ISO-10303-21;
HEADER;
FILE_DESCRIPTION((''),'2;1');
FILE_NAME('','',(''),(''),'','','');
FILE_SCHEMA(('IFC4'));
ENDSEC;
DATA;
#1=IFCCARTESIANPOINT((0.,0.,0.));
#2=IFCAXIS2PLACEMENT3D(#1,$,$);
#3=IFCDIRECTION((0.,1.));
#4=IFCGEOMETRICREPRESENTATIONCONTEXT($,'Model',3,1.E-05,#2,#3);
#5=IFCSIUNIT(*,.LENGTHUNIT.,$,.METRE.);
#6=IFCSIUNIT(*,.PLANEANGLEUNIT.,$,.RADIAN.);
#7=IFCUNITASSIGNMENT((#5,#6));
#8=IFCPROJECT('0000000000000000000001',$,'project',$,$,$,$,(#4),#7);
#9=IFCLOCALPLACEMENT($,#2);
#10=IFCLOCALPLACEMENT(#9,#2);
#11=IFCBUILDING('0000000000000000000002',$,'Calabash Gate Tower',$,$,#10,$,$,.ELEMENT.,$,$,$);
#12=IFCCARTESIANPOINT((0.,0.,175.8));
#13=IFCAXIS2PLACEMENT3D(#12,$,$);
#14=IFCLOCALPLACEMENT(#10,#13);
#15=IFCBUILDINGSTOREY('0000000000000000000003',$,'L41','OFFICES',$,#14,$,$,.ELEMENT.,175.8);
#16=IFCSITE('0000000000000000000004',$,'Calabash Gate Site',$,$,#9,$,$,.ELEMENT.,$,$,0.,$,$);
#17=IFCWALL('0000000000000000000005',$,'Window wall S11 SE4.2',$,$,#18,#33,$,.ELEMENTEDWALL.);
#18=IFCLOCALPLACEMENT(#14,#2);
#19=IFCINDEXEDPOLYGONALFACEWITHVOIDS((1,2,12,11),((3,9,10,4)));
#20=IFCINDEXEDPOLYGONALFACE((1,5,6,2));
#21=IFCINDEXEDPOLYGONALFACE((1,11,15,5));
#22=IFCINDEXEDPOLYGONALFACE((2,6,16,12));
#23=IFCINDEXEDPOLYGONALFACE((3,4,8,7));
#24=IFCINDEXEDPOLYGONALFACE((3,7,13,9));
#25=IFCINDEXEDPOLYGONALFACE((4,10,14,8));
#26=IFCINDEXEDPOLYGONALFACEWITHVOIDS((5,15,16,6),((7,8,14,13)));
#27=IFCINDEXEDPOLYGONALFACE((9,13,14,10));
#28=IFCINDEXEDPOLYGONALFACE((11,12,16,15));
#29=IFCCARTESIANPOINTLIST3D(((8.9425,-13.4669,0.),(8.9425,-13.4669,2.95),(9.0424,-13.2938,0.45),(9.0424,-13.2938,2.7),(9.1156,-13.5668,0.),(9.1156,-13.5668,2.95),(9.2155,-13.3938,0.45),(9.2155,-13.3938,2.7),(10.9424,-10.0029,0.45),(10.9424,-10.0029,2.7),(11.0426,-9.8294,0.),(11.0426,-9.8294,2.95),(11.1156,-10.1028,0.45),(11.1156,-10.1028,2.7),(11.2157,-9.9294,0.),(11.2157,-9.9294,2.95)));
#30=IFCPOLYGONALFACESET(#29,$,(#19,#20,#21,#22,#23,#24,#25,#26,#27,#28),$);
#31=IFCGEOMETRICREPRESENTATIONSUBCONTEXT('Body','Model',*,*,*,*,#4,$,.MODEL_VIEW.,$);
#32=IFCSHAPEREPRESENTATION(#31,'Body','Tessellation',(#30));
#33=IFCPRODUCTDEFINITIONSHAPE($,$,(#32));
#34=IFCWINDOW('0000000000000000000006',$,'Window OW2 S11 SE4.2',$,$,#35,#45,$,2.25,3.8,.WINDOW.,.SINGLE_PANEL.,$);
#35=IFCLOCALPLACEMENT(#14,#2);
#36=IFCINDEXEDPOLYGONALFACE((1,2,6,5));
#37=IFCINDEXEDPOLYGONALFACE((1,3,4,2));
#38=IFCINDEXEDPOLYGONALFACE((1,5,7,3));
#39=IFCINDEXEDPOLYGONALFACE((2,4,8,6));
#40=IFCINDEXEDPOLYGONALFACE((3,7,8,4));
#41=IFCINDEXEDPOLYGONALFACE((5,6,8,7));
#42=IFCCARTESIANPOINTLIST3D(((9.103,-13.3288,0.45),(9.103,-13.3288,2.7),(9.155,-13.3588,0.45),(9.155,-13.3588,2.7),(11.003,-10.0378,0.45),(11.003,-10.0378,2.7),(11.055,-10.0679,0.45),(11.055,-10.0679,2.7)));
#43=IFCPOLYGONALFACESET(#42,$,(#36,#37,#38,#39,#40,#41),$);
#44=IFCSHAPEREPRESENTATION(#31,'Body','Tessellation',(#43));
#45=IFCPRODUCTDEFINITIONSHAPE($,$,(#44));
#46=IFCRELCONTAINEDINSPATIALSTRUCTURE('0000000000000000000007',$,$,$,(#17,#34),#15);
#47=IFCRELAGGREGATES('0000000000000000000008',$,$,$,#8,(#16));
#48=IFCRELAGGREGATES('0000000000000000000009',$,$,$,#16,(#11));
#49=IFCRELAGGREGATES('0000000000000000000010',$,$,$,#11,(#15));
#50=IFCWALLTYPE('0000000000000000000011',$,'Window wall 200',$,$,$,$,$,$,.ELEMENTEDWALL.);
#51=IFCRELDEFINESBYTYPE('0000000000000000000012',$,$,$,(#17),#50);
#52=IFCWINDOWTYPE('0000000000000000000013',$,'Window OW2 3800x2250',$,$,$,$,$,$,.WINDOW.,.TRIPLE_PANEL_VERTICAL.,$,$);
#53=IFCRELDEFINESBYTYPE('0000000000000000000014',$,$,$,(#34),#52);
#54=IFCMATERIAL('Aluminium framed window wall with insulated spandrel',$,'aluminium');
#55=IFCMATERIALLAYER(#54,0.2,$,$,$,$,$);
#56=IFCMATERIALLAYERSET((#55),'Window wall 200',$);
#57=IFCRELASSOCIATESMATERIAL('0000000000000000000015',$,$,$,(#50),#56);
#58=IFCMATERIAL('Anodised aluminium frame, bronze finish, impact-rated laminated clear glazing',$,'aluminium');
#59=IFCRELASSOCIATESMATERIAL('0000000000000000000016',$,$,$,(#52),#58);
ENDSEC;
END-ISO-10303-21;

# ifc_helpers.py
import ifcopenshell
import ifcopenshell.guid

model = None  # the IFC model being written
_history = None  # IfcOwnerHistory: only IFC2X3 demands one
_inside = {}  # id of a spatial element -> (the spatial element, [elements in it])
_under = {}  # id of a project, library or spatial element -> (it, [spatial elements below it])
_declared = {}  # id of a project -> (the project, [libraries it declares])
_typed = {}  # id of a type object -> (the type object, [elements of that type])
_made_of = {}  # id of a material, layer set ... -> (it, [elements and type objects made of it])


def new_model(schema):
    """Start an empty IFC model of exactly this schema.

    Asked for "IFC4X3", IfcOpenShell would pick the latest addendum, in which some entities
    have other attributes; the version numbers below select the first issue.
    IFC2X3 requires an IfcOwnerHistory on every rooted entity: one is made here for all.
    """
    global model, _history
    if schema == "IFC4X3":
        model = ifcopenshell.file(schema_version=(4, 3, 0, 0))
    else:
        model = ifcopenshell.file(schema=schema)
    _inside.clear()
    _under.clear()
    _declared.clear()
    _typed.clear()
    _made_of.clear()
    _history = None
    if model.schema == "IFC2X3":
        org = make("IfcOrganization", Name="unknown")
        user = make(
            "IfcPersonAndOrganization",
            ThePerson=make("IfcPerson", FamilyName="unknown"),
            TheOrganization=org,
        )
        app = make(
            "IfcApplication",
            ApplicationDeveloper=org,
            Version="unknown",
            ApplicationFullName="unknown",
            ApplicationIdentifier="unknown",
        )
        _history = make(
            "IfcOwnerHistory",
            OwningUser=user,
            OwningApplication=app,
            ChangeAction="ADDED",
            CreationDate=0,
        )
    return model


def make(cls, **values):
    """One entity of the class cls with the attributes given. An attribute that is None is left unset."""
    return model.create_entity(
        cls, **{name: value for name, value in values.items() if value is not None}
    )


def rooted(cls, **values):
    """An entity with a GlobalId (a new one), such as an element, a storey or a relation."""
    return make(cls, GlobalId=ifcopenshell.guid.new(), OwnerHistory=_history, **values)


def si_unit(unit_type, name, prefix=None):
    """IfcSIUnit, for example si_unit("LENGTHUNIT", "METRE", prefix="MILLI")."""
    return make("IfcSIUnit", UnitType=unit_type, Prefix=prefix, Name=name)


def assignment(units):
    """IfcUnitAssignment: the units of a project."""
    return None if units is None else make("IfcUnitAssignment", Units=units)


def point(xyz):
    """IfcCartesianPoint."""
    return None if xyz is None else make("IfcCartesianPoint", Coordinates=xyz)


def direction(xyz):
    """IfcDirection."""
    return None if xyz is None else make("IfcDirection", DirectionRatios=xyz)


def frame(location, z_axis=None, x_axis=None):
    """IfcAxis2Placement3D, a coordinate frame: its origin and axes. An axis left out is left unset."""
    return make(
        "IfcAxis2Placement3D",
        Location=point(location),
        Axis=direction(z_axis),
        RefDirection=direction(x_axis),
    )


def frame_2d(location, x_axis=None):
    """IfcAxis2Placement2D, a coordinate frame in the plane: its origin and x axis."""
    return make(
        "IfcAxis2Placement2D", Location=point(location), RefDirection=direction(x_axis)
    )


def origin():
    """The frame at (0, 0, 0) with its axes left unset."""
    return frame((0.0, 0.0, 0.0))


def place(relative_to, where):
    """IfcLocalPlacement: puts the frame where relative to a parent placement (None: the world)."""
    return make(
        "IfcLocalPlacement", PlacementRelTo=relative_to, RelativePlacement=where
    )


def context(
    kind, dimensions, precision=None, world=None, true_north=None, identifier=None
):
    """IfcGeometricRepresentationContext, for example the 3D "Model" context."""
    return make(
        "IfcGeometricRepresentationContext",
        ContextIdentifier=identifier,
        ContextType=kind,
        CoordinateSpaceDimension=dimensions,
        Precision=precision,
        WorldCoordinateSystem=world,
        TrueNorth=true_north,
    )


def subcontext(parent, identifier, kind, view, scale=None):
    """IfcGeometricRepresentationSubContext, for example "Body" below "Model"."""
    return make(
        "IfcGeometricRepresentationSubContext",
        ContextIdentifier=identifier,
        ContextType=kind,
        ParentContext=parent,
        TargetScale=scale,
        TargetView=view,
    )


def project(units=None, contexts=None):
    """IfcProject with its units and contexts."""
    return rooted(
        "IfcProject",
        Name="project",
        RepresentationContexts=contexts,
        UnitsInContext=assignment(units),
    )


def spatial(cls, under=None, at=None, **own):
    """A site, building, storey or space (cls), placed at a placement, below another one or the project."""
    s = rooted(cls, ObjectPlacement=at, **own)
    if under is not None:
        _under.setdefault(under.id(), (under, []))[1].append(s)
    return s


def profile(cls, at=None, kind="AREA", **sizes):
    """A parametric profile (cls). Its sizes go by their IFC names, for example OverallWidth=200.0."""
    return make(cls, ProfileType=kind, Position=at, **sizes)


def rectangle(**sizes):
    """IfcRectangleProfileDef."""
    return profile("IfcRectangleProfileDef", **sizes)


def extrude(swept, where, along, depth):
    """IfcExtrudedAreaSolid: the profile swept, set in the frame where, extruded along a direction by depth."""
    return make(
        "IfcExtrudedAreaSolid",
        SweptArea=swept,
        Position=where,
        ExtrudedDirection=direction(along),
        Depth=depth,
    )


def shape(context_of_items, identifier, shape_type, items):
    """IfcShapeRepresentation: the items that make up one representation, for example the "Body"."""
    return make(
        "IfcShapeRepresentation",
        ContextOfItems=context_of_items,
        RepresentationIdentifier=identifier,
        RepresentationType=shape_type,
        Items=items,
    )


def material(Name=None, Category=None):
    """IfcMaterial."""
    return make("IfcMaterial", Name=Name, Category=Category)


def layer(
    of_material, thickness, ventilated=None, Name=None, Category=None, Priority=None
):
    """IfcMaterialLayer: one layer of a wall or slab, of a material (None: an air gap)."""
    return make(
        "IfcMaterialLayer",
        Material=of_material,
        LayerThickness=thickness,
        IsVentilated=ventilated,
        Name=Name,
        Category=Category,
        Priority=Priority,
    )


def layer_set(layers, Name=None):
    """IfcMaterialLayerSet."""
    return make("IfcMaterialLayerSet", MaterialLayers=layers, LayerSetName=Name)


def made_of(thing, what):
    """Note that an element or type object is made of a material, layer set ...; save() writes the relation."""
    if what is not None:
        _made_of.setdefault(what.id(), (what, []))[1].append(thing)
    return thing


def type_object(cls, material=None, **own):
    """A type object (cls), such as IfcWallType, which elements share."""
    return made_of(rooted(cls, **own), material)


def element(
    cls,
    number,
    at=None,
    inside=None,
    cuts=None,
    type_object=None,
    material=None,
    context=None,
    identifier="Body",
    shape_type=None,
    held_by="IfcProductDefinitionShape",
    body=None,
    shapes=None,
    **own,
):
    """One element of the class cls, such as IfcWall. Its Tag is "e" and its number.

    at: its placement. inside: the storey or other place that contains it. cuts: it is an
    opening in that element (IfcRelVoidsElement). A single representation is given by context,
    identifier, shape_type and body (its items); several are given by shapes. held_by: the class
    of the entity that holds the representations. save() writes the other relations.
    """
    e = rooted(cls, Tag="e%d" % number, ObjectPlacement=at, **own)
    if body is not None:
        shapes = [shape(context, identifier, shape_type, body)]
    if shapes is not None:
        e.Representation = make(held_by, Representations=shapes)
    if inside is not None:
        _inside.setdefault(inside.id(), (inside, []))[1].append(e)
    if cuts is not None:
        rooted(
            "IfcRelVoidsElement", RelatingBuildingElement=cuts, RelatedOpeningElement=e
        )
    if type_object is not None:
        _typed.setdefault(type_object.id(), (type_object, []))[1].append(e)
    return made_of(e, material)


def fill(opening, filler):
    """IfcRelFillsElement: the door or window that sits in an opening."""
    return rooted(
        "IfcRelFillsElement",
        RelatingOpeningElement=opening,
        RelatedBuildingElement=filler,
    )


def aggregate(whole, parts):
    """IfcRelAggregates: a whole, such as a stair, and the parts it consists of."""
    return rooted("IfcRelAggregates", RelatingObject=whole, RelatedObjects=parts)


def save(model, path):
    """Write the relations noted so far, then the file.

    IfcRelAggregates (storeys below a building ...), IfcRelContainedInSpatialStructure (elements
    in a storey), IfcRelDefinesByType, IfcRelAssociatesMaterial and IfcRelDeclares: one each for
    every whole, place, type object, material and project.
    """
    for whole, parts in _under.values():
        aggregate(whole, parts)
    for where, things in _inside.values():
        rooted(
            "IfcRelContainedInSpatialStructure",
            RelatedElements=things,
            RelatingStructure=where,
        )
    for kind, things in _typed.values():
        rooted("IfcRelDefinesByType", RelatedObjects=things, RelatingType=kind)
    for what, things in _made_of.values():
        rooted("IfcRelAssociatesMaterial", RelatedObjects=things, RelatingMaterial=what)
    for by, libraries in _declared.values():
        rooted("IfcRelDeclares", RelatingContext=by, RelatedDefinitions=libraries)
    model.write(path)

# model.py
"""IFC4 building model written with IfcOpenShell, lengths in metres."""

from ifc_helpers import new_model, si_unit, direction, frame, frame_2d, origin, place, context, subcontext, project, spatial, rectangle, extrude, material, layer, layer_set, type_object, element, fill, save


model = new_model("IFC4")

# Units and contexts
model_context = context("Model", 3, precision=1e-05, world=origin(), true_north=direction((0.0, 1.0)))
body_context = subcontext(model_context, "Body", "Model", "MODEL_VIEW")
ifc_project = project(units=[si_unit("LENGTHUNIT", "METRE"), si_unit("PLANEANGLEUNIT", "RADIAN")], contexts=[model_context])

# Site, building, storey
site_placement = place(None, origin())
site = spatial("IfcSite", under=ifc_project, at=site_placement, Name="Calabash Gate Site", CompositionType="ELEMENT", RefElevation=0.0)
building_placement = place(site_placement, origin())
building = spatial("IfcBuilding", under=site, at=building_placement, Name="Calabash Gate Tower", CompositionType="ELEMENT")
storey_placement = place(building_placement, frame((0.0, 0.0, 175.8)))
storey = spatial("IfcBuildingStorey", under=building, at=storey_placement, Name="L41", Description="OFFICES", CompositionType="ELEMENT", Elevation=175.8)

# Shared definitions
ifc_material_1 = material(Name="Aluminium framed window wall with insulated spandrel", Category="aluminium")
ifc_layer_1 = layer(ifc_material_1, 0.2)
ifc_layer_set_1 = layer_set([ifc_layer_1], Name="Window wall 200")
wall_type_1 = type_object("IfcWallType", Name="Window wall 200", PredefinedType="ELEMENTEDWALL", material=ifc_layer_set_1)

# Wall, opening, window
wall_1_placement = place(storey_placement, frame((9.0291, -13.5168, 0.0), z_axis=(0.0, 0.0, 1.0), x_axis=(0.500003, 0.866024, 0.0)))
wall_1 = element("IfcWall", 1, at=wall_1_placement, inside=storey, type_object=wall_type_1, Name="Window wall S11 SE4.2", PredefinedType="ELEMENTEDWALL", context=body_context, shape_type="SweptSolid", body=[
    extrude(rectangle(XDim=4.2002, YDim=0.2, at=frame_2d((2.1001, 0.0))), origin(), (0.0, 0.0, 1.0), 2.95),
])
opening_1_placement = place(wall_1_placement, frame((0.2, 0.0, 0.45)))
opening_1 = element("IfcOpeningElement", 2, at=opening_1_placement, cuts=wall_1, PredefinedType="OPENING", context=body_context, shape_type="SweptSolid", body=[
    extrude(rectangle(XDim=3.8, YDim=2.25, at=frame_2d((1.8999, 1.125))), frame((0.0, 0.1099, 0.0), z_axis=(0.0, -1.0, 0.0), x_axis=(1.0, 0.0, 0.0)), (0.0, 0.0, 1.0), 0.22),
])
ifc_material_2 = material(Name="Anodised aluminium frame, bronze finish, impact-rated laminated clear glazing", Category="aluminium")
window_type_1 = type_object("IfcWindowType", Name="Window OW2 3800x2250", PartitioningType="TRIPLE_PANEL_VERTICAL", PredefinedType="WINDOW", material=ifc_material_2)
window_1_placement = place(opening_1_placement, origin())
window_1 = element("IfcWindow", 3, at=window_1_placement, inside=storey, type_object=window_type_1, Name="Window OW2 S11 SE4.2", OverallHeight=2.25, OverallWidth=3.8, PartitioningType="SINGLE_PANEL", PredefinedType="WINDOW", context=body_context, shape_type="SweptSolid", body=[
    extrude(rectangle(XDim=3.8, YDim=2.25, at=frame_2d((1.8999, 1.125))), frame((0.0, 0.03, 0.0), z_axis=(0.0, -1.0, 0.0), x_axis=(1.0, 0.0, 0.0)), (0.0, 0.0, 1.0), 0.0601),
])
fill(opening_1, window_1)

save(model, "model.ifc")
